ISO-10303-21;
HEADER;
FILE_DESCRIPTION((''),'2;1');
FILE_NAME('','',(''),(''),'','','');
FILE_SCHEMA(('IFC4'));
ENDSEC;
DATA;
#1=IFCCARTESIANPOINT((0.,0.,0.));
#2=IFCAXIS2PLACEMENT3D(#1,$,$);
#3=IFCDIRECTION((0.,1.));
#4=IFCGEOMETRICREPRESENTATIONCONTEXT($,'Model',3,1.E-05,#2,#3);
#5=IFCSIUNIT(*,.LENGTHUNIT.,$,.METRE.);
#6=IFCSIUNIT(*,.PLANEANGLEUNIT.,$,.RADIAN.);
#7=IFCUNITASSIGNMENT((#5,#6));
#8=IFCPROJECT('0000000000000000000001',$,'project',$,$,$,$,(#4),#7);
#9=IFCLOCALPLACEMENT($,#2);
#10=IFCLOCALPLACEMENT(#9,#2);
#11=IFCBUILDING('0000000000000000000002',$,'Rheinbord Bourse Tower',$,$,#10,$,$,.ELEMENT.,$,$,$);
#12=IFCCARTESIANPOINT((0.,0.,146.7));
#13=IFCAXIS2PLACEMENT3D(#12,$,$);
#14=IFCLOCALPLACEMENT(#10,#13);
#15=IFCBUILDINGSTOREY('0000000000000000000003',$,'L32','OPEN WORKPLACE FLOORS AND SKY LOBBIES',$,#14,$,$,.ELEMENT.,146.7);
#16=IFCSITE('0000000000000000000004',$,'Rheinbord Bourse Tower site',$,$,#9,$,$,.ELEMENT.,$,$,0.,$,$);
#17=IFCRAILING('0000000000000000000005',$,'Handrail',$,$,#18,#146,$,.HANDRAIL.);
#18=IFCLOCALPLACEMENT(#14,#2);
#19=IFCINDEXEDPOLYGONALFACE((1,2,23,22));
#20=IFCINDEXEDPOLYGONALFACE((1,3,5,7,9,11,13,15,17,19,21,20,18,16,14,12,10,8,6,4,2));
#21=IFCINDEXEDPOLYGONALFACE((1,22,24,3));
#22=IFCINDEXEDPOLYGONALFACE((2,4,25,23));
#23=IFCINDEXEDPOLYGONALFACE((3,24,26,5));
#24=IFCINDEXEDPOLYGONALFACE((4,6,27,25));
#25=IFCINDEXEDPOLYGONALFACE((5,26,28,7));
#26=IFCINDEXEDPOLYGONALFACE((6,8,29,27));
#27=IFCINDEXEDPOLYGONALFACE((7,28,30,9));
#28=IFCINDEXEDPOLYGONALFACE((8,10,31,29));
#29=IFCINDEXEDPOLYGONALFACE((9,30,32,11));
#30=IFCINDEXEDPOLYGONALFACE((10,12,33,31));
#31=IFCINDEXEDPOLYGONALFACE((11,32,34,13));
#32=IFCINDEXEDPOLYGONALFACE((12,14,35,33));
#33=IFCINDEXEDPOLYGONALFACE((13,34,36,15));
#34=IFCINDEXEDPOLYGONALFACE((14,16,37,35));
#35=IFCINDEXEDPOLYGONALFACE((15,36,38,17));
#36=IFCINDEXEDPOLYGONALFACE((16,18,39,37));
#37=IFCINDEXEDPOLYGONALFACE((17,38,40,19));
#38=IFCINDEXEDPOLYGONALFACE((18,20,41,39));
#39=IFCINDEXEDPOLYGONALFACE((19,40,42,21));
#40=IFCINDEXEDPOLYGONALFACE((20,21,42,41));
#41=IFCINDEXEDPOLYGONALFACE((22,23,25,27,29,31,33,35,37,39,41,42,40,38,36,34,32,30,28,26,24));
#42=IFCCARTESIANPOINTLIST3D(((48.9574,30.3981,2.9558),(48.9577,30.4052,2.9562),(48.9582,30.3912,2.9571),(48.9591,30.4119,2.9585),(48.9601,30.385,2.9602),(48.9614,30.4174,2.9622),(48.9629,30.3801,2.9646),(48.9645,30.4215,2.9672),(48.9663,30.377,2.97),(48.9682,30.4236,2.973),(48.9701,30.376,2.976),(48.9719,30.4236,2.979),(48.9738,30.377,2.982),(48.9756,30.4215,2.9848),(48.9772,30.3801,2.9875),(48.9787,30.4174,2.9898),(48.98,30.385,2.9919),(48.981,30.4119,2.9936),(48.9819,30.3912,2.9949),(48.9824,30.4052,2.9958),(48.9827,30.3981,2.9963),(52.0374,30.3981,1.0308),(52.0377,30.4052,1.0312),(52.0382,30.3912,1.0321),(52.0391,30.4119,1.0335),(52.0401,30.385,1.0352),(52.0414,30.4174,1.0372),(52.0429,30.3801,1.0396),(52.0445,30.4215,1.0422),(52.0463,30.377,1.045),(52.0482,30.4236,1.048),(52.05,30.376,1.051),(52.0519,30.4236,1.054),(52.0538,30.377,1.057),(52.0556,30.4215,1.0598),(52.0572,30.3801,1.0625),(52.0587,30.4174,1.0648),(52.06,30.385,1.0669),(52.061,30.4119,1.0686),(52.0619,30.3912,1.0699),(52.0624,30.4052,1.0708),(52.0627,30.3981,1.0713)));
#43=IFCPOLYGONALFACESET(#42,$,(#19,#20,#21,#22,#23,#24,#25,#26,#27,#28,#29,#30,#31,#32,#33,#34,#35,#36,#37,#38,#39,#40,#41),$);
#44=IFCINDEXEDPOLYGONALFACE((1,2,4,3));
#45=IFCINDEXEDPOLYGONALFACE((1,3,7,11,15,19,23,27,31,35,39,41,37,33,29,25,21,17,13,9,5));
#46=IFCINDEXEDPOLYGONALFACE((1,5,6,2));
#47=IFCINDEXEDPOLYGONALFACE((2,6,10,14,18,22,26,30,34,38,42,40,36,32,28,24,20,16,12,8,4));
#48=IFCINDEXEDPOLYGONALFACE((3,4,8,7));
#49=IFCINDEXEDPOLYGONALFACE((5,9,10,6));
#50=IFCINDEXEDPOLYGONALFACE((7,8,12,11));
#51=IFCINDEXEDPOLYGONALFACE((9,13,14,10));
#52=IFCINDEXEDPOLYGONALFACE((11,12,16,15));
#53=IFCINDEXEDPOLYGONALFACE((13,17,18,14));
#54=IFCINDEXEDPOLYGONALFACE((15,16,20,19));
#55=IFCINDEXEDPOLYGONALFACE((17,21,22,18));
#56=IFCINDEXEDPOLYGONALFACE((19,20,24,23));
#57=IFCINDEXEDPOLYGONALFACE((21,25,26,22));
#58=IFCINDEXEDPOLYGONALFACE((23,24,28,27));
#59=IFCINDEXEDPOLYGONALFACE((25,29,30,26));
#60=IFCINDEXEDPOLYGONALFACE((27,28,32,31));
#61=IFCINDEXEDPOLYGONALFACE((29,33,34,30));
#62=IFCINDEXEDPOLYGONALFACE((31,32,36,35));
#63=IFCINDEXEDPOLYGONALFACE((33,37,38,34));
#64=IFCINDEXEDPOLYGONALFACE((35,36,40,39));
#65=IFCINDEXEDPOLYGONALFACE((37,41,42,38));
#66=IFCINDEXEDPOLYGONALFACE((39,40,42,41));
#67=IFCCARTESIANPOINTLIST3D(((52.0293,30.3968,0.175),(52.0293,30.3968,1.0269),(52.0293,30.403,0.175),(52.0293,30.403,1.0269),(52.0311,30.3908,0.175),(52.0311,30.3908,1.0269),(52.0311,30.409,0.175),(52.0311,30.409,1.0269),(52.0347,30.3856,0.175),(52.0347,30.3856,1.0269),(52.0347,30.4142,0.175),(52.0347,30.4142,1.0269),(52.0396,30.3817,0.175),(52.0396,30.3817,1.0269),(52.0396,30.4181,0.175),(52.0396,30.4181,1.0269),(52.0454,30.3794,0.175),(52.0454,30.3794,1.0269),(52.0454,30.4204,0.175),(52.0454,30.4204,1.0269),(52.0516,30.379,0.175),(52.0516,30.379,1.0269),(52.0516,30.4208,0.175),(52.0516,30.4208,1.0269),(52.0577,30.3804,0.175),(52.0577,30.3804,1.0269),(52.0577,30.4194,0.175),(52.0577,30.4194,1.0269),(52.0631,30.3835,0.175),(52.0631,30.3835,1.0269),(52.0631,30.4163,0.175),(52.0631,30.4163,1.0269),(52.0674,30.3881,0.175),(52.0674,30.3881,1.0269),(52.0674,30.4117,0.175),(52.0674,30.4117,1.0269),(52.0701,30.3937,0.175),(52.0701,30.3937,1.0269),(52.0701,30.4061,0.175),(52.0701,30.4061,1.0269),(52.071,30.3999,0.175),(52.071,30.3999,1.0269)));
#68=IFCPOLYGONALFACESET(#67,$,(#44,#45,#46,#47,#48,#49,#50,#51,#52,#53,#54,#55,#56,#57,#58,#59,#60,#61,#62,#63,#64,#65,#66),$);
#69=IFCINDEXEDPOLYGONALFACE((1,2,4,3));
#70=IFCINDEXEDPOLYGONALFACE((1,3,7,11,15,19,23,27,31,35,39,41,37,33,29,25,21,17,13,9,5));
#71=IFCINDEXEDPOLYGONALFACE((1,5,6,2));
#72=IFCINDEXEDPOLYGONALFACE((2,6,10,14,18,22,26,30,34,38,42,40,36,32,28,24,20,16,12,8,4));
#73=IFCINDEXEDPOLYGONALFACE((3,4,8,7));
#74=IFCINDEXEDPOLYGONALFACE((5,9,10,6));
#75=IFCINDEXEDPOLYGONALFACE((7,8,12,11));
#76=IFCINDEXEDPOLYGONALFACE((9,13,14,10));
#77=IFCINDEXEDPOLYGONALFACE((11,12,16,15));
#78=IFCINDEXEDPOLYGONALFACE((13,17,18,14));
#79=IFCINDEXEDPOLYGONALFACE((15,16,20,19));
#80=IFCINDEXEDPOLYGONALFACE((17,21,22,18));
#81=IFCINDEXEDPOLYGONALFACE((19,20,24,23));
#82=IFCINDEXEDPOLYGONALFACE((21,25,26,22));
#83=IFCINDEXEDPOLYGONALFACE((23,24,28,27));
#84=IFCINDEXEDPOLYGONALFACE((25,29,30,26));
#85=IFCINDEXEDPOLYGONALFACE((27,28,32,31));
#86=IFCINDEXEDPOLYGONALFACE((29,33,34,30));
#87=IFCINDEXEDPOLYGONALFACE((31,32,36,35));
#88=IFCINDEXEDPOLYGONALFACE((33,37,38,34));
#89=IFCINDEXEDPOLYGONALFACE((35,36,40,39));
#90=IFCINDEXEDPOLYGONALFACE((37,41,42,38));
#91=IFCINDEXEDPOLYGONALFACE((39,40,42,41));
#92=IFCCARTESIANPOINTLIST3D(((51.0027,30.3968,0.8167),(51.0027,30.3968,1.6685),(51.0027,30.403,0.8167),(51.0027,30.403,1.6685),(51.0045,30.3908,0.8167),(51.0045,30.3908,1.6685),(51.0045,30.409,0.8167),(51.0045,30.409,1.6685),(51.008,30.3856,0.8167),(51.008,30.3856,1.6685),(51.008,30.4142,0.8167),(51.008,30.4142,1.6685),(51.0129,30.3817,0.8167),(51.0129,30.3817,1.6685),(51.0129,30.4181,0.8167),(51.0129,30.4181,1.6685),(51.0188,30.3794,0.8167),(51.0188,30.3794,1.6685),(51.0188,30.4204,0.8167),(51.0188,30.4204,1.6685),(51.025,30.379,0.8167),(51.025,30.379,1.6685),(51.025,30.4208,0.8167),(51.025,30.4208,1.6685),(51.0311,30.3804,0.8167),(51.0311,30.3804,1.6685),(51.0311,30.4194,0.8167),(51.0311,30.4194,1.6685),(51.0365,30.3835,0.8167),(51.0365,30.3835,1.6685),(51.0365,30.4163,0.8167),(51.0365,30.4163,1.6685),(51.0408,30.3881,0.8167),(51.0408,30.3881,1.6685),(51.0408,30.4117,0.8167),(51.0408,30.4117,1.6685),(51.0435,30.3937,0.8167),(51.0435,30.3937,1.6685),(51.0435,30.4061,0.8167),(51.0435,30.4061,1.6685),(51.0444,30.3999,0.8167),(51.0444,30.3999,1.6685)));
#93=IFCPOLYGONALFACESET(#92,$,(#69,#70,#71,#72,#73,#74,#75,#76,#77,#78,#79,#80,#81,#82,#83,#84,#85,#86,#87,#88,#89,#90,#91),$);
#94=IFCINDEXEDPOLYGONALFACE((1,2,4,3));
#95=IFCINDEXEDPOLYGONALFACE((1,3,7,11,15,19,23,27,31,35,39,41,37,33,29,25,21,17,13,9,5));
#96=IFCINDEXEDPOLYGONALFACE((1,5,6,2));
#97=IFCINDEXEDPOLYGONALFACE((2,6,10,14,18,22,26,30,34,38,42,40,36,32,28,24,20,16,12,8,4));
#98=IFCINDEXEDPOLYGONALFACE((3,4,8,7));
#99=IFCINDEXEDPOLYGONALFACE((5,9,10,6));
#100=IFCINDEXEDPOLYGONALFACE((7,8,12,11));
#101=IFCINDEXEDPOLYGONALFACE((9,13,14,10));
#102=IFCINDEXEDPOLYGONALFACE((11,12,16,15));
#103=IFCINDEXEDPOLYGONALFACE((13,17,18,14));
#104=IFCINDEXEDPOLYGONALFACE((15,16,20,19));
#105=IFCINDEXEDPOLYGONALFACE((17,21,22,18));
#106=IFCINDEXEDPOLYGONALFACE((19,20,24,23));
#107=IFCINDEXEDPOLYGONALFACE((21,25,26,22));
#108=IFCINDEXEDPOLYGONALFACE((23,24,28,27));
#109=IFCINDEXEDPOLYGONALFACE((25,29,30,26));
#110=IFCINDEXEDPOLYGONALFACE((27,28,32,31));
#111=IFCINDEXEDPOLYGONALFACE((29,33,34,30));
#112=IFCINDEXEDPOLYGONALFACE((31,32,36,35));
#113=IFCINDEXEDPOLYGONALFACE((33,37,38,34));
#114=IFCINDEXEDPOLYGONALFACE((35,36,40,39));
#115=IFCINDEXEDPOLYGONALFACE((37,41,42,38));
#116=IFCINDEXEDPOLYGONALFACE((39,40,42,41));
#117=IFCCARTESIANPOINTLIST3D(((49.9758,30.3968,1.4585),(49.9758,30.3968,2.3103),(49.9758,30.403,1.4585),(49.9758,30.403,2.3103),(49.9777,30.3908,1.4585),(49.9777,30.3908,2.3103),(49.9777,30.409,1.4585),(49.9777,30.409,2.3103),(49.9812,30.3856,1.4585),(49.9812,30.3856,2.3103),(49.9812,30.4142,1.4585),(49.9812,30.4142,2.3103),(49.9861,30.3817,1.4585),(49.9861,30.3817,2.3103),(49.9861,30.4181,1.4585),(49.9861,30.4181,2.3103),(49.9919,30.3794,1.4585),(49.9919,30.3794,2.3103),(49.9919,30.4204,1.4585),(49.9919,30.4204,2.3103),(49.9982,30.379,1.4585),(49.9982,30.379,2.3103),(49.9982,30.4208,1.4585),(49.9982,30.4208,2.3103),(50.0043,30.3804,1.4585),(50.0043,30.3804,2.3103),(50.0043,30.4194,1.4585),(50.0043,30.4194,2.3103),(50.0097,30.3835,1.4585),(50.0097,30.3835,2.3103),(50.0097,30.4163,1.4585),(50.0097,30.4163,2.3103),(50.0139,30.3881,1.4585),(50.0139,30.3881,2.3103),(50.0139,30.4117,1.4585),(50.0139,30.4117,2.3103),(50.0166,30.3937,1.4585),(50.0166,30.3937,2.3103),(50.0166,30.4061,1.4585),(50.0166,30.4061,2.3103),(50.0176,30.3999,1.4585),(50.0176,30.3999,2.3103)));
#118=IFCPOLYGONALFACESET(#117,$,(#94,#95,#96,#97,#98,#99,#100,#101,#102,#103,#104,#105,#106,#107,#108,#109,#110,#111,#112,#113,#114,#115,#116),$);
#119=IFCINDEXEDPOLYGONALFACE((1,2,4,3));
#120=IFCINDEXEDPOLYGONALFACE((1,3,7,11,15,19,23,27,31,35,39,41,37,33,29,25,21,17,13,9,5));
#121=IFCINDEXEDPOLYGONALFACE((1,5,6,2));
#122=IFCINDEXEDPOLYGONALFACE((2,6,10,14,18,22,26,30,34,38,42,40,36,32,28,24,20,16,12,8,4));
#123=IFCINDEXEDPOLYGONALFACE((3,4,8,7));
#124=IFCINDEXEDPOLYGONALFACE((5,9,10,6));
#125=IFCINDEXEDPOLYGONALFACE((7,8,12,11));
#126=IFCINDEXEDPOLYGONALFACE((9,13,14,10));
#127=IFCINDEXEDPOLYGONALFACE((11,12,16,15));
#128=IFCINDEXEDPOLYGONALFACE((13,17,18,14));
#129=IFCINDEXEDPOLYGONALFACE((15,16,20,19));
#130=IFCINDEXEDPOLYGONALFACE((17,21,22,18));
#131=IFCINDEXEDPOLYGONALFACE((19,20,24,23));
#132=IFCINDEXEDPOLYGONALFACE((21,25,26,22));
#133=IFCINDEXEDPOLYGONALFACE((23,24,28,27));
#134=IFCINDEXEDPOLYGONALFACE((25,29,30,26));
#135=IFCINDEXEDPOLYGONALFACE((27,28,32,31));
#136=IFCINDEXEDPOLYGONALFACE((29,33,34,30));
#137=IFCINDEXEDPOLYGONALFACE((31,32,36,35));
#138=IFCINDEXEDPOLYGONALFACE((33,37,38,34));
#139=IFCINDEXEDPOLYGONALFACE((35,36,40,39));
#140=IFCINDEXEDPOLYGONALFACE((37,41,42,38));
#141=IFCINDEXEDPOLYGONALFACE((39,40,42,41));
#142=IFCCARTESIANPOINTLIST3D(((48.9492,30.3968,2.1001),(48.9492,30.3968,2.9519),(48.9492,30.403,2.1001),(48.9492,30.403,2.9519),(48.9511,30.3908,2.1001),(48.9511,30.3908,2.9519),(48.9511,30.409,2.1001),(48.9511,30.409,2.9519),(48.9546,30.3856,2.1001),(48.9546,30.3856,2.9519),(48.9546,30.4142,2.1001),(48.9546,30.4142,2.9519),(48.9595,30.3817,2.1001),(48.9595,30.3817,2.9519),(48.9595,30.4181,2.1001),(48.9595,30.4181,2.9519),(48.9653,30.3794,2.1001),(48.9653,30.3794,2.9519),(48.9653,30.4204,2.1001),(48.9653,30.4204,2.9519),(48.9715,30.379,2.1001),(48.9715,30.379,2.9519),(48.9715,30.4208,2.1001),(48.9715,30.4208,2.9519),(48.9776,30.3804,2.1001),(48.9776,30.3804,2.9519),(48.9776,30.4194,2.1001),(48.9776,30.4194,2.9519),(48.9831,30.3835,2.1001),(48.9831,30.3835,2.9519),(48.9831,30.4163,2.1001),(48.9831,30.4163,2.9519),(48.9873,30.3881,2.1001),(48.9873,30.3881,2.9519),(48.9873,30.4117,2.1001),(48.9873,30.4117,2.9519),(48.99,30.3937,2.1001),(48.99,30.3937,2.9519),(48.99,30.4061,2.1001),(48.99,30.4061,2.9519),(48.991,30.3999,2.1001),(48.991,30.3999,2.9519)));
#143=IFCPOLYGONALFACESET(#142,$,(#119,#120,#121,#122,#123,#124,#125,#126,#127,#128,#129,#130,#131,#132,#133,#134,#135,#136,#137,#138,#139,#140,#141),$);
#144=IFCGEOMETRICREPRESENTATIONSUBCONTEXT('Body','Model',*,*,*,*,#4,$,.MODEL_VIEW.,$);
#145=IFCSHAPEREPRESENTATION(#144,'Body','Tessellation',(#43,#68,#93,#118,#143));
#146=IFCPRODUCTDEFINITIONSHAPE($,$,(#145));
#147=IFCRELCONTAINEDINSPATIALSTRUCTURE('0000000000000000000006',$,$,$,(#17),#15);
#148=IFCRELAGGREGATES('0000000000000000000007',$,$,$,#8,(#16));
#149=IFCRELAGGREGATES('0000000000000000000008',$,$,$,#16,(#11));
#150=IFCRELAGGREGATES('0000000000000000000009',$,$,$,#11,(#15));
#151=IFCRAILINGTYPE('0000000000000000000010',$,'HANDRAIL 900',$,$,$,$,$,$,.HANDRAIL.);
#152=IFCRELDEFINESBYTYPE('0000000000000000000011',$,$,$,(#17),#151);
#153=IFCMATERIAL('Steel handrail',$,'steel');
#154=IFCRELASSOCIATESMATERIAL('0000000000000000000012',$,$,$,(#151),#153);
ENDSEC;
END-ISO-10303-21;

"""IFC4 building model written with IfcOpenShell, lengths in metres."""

from ifc_helpers import new_model, si_unit, direction, frame, origin, origin_2d, place, context, subcontext, project, spatial, circle, extrude, material, type_object, element, save


model = new_model("IFC4")

# Units and contexts
model_context = context("Model", 3, precision=1e-05, world=origin(), true_north=direction((0.0, 1.0)))
body_context = subcontext(model_context, "Body", "Model", "MODEL_VIEW")
ifc_project = project(units=[si_unit("LENGTHUNIT", "METRE"), si_unit("PLANEANGLEUNIT", "RADIAN")], contexts=[model_context])

# Site, building, storey
site_placement = place(None, origin())
site = spatial("IfcSite", under=ifc_project, at=site_placement, Name="Rheinbord Bourse Tower site", CompositionType="ELEMENT", RefElevation=0.0)
building_placement = place(site_placement, origin())
building = spatial("IfcBuilding", under=site, at=building_placement, Name="Rheinbord Bourse Tower", CompositionType="ELEMENT")
storey_placement = place(building_placement, frame((0.0, 0.0, 146.7)))
storey = spatial("IfcBuildingStorey", under=building, at=storey_placement, Name="L32", Description="OPEN WORKPLACE FLOORS AND SKY LOBBIES", CompositionType="ELEMENT", Elevation=146.7)

# Railing
ifc_material_1 = material(Name="Steel handrail", Category="steel")
railing_type = type_object("IfcRailingType", Name="HANDRAIL 900", PredefinedType="HANDRAIL", material=ifc_material_1)
railing_1_placement = place(storey_placement, frame((52.05, 30.3999, 0.175)))
element("IfcRailing", 1, at=railing_1_placement, inside=storey, type_object=railing_type, Name="Handrail", PredefinedType="HANDRAIL", context=body_context, shape_type="SweptSolid", body=[
    extrude(circle(Radius=0.0239, at=origin_2d()), frame((0.0, 0.0, 0.876), z_axis=(-0.847998, 0.0, 0.529999), x_axis=(0.0, -1.0, 0.0)), (0.0, 0.0, 1.0), 3.6321),
    extrude(circle(Radius=0.021, at=origin_2d()), origin(), (0.0, 0.0, 1.0), 0.8518),
    extrude(circle(Radius=0.021, at=origin_2d()), frame((-1.0266, 0.0, 0.6416)), (0.0, 0.0, 1.0), 0.8518),
    extrude(circle(Radius=0.021, at=origin_2d()), frame((-2.0535, 0.0, 1.2834)), (0.0, 0.0, 1.0), 0.8518),
    extrude(circle(Radius=0.021, at=origin_2d()), frame((-3.0801, 0.0, 1.925)), (0.0, 0.0, 1.0), 0.8518),
])

save(model, "model.ifc")
